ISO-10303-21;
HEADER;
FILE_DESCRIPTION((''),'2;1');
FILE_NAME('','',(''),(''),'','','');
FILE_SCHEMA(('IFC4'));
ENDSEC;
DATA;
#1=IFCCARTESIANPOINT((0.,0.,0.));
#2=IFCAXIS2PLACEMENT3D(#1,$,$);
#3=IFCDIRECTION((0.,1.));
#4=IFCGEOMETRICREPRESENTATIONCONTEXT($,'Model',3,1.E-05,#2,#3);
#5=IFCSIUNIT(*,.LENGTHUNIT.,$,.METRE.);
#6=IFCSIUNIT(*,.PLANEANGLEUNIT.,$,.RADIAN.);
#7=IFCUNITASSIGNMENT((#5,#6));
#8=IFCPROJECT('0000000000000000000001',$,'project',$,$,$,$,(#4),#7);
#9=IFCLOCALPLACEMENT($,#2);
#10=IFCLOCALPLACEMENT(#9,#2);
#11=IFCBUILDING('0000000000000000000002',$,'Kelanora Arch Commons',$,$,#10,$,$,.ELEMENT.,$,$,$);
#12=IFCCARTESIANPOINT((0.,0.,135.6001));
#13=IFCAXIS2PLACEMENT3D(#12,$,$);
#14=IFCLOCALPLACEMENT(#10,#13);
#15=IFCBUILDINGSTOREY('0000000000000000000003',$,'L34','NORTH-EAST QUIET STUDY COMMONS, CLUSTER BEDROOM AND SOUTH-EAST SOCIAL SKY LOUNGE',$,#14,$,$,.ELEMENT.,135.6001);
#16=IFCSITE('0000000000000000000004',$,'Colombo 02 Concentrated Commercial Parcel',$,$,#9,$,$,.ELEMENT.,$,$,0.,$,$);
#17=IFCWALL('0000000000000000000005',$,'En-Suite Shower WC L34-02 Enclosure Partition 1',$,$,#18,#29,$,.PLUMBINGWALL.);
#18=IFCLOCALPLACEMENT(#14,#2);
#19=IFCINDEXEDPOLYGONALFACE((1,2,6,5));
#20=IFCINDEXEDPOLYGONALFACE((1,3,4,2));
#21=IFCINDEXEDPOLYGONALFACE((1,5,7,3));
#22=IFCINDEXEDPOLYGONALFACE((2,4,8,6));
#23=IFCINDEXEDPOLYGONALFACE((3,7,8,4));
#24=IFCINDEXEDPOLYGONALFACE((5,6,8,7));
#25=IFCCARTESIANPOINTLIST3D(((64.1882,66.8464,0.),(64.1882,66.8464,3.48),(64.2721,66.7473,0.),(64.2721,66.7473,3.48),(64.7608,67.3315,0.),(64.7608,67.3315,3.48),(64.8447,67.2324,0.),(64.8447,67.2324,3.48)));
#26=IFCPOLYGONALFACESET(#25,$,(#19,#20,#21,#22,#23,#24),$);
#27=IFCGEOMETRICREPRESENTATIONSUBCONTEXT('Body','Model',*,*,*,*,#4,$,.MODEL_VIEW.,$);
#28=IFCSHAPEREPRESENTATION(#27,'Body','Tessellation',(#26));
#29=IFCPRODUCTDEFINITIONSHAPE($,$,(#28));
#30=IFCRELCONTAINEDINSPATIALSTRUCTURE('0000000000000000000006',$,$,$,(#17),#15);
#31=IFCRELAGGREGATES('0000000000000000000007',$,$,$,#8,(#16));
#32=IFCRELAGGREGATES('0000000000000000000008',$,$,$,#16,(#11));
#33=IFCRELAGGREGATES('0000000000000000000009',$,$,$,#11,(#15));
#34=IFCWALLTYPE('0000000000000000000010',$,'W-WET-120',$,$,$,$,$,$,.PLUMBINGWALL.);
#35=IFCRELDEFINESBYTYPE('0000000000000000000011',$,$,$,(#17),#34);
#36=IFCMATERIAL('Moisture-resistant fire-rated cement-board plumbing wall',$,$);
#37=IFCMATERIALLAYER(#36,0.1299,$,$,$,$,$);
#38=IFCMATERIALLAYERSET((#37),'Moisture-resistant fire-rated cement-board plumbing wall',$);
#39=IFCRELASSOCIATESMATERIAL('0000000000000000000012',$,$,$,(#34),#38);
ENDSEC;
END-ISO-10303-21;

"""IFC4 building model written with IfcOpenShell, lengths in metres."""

from ifc_helpers import new_model, si_unit, direction, frame, frame_2d, origin, place, context, subcontext, project, spatial, rectangle, extrude, material, layer, layer_set, type_object, element, save


model = new_model("IFC4")

# Units and contexts
model_context = context("Model", 3, precision=1e-05, world=origin(), true_north=direction((0.0, 1.0)))
body_context = subcontext(model_context, "Body", "Model", "MODEL_VIEW")
ifc_project = project(units=[si_unit("LENGTHUNIT", "METRE"), si_unit("PLANEANGLEUNIT", "RADIAN")], contexts=[model_context])

# Site, building, storey
site_placement = place(None, origin())
site = spatial("IfcSite", under=ifc_project, at=site_placement, Name="Colombo 02 Concentrated Commercial Parcel", CompositionType="ELEMENT", RefElevation=0.0)
building_placement = place(site_placement, origin())
building = spatial("IfcBuilding", under=site, at=building_placement, Name="Kelanora Arch Commons", CompositionType="ELEMENT")
storey_placement = place(building_placement, frame((0.0, 0.0, 135.6001)))
storey = spatial("IfcBuildingStorey", under=building, at=storey_placement, Name="L34", Description="NORTH-EAST QUIET STUDY COMMONS, CLUSTER BEDROOM AND SOUTH-EAST SOCIAL SKY LOUNGE", CompositionType="ELEMENT", Elevation=135.6001)

# Shared definitions
ifc_material_1 = material(Name="Moisture-resistant fire-rated cement-board plumbing wall")
ifc_layer_1 = layer(ifc_material_1, 0.1299)
ifc_layer_set_1 = layer_set([ifc_layer_1], Name="Moisture-resistant fire-rated cement-board plumbing wall")
wall_type_1 = type_object("IfcWallType", Name="W-WET-120", PredefinedType="PLUMBINGWALL", material=ifc_layer_set_1)

# Wall
wall_1_placement = place(storey_placement, frame((64.8027, 67.282, 0.0), z_axis=(0.0, 0.0, 1.0), x_axis=(-0.762942, -0.646467, 0.0)))
element("IfcWall", 1, at=wall_1_placement, inside=storey, type_object=wall_type_1, Name="En-Suite Shower WC L34-02 Enclosure Partition 1", PredefinedType="PLUMBINGWALL", context=body_context, shape_type="SweptSolid", body=[
    extrude(rectangle(XDim=0.7505, YDim=0.1299, at=frame_2d((0.3752, 0.0))), origin(), (0.0, 0.0, 1.0), 3.48),
])

save(model, "model.ifc")
